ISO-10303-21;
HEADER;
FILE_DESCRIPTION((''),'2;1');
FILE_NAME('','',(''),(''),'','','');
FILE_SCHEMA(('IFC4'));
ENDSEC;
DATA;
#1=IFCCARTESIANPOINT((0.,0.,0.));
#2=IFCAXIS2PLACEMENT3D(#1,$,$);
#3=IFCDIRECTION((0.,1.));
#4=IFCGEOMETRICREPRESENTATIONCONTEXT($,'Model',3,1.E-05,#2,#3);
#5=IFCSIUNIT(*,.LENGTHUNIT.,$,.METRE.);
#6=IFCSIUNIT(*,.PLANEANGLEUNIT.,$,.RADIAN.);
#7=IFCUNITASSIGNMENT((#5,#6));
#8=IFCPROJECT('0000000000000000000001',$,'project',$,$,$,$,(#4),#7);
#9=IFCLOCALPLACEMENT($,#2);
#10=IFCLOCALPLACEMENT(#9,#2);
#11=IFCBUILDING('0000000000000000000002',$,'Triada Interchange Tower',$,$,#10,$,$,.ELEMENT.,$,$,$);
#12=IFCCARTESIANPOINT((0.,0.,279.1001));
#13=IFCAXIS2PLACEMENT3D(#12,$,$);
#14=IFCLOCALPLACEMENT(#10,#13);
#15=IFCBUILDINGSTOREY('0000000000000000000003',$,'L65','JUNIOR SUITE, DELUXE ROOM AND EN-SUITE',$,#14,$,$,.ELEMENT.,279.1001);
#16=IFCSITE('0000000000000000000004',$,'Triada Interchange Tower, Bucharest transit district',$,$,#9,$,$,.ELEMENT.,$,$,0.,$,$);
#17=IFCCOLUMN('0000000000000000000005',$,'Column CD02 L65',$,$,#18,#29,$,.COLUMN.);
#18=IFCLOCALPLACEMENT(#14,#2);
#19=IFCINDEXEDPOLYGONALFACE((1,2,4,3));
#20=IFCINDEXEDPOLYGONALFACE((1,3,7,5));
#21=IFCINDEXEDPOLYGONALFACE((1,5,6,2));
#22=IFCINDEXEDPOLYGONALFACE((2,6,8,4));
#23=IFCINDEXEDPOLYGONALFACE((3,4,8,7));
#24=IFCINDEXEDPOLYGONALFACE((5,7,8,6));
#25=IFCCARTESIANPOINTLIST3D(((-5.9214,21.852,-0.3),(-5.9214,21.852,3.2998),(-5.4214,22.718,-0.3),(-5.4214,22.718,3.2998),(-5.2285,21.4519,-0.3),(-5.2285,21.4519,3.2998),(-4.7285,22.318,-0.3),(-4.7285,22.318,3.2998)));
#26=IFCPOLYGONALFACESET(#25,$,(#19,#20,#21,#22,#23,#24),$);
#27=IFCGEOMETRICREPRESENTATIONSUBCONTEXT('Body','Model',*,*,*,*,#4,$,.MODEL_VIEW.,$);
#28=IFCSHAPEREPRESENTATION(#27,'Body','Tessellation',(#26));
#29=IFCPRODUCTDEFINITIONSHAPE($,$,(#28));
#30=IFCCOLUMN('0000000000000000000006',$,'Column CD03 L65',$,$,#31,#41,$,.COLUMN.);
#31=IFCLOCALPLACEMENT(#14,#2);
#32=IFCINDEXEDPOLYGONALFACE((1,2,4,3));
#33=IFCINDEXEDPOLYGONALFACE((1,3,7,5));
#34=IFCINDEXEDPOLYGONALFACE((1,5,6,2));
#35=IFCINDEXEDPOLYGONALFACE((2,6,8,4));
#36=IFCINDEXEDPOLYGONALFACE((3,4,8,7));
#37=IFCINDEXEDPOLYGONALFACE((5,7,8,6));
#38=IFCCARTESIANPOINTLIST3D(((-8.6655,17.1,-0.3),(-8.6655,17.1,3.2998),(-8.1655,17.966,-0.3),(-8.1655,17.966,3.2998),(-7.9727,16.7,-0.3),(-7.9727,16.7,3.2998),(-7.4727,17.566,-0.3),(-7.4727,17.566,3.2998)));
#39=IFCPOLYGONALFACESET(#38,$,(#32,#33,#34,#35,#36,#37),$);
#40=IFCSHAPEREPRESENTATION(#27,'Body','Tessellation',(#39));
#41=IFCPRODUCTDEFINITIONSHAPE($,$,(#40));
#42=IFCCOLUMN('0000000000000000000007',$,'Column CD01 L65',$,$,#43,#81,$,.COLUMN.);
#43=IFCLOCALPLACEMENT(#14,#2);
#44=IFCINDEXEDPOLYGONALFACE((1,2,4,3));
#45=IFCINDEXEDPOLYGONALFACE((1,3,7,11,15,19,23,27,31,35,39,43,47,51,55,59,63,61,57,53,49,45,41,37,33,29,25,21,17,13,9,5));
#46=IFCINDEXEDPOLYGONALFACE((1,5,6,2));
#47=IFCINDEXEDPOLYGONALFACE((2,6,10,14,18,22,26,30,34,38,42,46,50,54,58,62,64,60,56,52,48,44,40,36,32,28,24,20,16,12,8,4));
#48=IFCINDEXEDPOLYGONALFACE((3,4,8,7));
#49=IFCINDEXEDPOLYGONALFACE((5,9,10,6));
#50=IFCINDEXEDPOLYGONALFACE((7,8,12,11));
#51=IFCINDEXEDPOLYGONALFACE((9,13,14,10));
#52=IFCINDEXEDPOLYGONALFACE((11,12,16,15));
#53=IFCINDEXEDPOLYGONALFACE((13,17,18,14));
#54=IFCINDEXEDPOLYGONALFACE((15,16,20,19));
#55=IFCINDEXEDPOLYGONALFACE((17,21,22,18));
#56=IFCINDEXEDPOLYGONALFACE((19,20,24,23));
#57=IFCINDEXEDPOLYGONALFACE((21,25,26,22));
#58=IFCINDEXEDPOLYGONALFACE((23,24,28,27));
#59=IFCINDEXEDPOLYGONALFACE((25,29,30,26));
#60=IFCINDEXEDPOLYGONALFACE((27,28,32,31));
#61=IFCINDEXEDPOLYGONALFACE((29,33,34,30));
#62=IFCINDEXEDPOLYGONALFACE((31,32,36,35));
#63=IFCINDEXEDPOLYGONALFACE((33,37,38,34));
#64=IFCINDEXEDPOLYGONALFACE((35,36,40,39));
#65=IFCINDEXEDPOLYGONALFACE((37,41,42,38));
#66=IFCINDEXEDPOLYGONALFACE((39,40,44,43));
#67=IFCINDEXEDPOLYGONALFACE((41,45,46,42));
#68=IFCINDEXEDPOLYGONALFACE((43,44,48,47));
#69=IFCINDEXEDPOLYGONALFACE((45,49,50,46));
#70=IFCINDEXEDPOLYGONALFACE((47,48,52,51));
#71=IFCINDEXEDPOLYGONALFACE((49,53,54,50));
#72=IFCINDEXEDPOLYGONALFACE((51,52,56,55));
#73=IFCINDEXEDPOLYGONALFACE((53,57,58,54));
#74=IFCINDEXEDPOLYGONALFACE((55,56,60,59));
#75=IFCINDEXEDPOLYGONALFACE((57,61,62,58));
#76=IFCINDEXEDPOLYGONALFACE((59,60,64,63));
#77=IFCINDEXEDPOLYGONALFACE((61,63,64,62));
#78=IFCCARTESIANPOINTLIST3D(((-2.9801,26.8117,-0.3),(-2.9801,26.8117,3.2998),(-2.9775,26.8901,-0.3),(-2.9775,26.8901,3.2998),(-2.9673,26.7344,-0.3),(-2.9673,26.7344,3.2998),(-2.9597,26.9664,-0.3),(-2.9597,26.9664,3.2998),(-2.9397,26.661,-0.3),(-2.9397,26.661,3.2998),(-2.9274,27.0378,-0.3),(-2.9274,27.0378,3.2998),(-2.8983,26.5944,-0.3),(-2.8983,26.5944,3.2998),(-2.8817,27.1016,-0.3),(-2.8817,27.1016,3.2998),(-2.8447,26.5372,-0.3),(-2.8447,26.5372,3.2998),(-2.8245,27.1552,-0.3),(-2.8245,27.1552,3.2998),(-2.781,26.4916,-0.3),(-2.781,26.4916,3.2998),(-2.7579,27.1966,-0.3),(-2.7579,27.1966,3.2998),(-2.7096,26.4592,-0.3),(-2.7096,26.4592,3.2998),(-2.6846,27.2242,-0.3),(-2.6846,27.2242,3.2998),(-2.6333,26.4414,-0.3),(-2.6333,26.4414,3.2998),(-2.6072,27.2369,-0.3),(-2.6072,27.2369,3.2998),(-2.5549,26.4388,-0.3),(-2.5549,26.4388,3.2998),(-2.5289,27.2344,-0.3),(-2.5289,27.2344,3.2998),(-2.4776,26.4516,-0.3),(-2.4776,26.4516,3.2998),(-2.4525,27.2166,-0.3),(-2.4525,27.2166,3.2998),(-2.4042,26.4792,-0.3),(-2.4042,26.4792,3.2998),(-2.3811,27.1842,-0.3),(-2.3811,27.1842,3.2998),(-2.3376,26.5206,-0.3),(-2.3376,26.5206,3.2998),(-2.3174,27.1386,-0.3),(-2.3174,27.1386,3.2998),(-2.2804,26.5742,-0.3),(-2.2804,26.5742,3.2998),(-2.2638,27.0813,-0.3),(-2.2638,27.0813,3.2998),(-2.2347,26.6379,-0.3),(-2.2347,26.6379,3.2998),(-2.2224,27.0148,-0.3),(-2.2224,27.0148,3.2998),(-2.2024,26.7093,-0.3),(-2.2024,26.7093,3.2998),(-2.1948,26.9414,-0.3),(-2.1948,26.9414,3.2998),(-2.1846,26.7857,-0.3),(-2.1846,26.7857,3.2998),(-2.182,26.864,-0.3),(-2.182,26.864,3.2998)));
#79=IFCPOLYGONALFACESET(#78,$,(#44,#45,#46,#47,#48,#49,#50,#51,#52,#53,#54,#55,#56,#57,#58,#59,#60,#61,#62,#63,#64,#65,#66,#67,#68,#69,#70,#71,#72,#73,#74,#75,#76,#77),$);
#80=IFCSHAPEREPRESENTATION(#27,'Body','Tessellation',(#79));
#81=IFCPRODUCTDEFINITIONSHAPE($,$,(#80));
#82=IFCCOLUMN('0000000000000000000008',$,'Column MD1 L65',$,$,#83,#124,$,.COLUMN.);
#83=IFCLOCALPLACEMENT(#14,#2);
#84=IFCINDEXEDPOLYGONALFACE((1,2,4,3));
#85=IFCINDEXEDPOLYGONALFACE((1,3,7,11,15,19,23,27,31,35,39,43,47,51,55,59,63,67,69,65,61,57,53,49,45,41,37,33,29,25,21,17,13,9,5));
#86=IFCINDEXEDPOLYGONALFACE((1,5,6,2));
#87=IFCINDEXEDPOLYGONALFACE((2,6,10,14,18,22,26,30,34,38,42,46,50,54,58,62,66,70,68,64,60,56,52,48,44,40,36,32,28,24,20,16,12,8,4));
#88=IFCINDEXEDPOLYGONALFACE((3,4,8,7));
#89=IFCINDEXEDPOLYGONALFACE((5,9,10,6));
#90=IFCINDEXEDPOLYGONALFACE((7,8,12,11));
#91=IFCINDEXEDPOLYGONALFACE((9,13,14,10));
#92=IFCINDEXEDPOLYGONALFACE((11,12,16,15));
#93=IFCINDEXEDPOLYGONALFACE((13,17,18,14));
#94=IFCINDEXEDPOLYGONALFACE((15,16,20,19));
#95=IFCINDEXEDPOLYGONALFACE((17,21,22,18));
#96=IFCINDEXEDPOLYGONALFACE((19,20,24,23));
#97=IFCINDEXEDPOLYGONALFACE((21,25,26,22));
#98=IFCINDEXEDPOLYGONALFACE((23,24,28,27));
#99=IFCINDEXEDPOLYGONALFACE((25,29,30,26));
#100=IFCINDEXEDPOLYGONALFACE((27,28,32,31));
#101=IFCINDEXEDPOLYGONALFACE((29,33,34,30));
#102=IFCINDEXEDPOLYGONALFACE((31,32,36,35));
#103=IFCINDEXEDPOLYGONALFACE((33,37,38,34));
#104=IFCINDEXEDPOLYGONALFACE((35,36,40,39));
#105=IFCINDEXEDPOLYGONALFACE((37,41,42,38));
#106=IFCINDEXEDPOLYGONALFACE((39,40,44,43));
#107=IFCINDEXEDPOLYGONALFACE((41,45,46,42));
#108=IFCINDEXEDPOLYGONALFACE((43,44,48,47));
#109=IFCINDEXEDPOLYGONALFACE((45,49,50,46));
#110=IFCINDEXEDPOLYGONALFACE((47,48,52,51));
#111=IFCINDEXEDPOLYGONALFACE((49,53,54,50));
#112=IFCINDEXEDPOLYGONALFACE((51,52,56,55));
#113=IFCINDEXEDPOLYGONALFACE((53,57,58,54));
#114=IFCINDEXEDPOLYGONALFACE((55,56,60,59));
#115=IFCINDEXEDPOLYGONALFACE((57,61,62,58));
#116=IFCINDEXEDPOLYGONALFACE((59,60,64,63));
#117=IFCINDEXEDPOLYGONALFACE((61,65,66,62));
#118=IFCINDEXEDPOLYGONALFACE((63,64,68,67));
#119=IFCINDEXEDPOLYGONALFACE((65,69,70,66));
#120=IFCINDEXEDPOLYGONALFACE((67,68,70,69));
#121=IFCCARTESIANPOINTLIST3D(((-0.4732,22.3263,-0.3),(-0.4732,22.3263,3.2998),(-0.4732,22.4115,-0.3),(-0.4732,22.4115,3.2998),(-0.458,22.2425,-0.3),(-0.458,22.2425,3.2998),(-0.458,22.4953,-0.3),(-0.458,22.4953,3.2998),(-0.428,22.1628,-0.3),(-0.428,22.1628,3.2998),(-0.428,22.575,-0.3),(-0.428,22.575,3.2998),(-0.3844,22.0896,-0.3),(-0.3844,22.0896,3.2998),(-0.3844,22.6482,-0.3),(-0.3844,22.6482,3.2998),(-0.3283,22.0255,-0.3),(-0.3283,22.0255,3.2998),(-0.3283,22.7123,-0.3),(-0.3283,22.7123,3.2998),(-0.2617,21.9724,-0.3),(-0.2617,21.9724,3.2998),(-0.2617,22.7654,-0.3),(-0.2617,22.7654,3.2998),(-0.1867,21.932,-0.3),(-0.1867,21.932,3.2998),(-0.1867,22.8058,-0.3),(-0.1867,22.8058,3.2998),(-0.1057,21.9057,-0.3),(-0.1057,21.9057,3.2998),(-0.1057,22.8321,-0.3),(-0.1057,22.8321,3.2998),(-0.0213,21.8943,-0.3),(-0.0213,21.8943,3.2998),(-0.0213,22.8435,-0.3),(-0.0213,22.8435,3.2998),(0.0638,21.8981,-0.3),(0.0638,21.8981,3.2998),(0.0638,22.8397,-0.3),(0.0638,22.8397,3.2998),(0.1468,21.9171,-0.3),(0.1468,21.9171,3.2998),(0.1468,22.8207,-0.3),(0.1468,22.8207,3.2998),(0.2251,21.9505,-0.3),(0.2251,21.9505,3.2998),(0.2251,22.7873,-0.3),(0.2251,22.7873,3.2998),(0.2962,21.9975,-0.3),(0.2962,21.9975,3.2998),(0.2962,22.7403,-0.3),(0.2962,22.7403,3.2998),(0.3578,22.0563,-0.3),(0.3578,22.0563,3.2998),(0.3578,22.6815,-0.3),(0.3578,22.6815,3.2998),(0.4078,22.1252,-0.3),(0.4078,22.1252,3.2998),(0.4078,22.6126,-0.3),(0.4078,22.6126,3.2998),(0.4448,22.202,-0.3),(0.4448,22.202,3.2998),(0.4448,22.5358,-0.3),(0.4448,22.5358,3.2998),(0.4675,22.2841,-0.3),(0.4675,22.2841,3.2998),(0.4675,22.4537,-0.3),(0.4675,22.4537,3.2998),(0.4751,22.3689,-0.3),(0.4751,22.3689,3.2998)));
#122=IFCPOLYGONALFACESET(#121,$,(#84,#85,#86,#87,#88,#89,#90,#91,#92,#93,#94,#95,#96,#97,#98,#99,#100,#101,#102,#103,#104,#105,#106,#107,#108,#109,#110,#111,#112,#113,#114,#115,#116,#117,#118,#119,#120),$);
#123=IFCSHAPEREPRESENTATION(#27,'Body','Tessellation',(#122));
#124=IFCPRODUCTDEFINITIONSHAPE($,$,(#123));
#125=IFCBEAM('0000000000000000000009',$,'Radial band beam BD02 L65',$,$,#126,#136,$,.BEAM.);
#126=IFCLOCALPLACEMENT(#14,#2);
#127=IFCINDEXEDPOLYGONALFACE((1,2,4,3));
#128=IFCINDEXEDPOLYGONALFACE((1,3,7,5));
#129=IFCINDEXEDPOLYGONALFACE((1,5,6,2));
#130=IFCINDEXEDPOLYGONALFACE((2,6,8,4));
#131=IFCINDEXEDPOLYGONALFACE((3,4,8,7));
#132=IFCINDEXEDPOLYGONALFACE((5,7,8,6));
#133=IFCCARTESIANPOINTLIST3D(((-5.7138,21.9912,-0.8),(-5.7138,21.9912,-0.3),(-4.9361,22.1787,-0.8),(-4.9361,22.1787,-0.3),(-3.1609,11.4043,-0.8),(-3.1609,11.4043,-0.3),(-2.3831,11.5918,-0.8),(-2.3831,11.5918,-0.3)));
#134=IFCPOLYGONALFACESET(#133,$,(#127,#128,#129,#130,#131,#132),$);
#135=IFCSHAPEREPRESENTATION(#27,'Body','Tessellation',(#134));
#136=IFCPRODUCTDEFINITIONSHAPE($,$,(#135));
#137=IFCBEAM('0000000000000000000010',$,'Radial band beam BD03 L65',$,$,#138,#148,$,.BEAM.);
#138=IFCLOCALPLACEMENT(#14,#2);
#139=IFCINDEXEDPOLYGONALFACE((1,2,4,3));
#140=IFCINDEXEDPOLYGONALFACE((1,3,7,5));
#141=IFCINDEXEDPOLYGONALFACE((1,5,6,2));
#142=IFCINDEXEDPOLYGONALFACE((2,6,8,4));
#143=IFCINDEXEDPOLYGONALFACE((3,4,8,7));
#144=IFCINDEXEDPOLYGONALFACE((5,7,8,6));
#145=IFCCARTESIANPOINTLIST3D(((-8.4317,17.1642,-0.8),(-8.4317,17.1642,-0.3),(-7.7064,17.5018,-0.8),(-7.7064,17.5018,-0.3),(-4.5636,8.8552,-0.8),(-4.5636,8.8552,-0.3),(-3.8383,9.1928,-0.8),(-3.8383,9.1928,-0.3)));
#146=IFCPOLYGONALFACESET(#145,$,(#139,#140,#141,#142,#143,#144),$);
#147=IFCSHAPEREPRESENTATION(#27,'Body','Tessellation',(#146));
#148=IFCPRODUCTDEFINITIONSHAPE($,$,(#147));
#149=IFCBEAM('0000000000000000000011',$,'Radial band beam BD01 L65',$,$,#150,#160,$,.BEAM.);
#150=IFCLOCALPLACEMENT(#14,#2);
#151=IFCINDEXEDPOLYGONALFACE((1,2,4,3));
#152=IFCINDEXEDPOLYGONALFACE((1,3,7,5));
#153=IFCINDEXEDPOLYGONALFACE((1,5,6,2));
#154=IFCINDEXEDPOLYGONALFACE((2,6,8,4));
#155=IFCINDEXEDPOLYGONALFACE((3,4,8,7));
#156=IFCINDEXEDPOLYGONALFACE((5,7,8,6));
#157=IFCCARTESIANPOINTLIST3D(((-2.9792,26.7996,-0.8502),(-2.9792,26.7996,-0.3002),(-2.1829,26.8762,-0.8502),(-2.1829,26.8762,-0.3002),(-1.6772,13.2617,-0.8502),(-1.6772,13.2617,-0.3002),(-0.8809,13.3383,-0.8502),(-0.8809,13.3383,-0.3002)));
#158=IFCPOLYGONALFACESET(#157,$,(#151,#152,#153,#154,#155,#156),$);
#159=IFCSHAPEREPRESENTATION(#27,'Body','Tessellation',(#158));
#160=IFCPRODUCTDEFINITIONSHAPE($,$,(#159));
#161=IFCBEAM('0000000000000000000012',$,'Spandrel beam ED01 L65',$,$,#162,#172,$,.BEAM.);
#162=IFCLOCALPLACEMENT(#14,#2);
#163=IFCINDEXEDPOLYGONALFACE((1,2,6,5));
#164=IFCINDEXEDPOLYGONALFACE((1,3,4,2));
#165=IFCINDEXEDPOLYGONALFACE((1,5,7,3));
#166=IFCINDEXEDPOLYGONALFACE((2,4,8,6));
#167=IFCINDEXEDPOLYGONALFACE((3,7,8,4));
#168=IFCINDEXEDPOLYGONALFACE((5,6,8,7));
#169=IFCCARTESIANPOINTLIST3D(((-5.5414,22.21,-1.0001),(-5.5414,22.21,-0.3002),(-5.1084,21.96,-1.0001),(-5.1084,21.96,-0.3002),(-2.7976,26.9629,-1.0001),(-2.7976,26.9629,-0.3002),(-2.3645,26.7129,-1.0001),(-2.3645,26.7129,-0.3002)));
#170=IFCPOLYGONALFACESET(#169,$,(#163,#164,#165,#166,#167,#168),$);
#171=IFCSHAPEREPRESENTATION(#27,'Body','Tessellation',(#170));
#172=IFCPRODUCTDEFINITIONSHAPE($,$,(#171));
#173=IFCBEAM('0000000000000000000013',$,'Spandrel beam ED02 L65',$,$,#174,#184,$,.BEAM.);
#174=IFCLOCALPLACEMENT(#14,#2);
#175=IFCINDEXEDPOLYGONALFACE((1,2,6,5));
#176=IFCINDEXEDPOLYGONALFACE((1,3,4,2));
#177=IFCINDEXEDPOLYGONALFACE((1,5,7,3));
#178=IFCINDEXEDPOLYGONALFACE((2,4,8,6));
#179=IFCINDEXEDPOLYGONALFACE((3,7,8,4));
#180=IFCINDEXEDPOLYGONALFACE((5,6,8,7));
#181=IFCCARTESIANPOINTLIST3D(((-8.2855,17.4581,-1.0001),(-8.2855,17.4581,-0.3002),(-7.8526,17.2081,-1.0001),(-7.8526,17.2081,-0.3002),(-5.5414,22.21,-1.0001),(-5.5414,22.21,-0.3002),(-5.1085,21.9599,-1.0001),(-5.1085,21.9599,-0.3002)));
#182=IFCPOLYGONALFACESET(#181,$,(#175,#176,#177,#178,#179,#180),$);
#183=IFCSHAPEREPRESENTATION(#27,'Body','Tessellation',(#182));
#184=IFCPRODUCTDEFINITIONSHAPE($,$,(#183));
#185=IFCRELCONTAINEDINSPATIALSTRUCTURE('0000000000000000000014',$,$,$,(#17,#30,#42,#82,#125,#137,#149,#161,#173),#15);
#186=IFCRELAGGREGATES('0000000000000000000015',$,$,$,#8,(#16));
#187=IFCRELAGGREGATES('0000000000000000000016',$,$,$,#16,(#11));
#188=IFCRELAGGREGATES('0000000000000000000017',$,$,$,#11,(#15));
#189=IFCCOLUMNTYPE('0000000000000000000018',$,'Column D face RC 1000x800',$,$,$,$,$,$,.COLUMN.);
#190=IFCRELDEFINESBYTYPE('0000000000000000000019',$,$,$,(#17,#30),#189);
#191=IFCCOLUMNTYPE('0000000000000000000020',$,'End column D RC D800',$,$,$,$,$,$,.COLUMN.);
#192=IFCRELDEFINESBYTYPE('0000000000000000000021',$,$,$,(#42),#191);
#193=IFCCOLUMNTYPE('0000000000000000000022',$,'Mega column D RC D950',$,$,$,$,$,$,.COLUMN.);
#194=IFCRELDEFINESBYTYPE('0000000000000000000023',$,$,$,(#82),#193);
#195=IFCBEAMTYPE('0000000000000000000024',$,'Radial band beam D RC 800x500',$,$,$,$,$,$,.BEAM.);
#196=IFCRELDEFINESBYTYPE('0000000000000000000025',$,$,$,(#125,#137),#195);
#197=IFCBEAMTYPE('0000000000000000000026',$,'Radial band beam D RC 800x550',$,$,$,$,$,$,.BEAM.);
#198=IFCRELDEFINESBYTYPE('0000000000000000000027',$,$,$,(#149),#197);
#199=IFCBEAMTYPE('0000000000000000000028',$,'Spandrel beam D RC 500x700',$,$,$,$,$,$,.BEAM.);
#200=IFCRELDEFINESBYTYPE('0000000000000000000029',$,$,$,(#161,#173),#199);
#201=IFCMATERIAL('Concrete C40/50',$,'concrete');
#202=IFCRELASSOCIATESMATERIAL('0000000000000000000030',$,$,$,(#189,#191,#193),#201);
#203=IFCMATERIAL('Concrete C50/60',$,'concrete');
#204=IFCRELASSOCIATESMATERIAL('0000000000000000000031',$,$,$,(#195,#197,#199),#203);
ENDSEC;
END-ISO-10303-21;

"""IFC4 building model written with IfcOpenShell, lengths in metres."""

from ifc_helpers import new_model, si_unit, direction, frame, origin, origin_2d, place, context, subcontext, project, spatial, rectangle, circle, extrude, material, material_profile, profile_set, type_object, element, save


model = new_model("IFC4")

# Units and contexts
model_context = context("Model", 3, precision=1e-05, world=origin(), true_north=direction((0.0, 1.0)))
body_context = subcontext(model_context, "Body", "Model", "MODEL_VIEW")
ifc_project = project(units=[si_unit("LENGTHUNIT", "METRE"), si_unit("PLANEANGLEUNIT", "RADIAN")], contexts=[model_context])

# Site, building, storey
site_placement = place(None, origin())
site = spatial("IfcSite", under=ifc_project, at=site_placement, Name="Triada Interchange Tower, Bucharest transit district", CompositionType="ELEMENT", RefElevation=0.0)
building_placement = place(site_placement, origin())
building = spatial("IfcBuilding", under=site, at=building_placement, Name="Triada Interchange Tower", CompositionType="ELEMENT")
storey_placement = place(building_placement, frame((0.0, 0.0, 279.1001)))
storey = spatial("IfcBuildingStorey", under=building, at=storey_placement, Name="L65", Description="JUNIOR SUITE, DELUXE ROOM AND EN-SUITE", CompositionType="ELEMENT", Elevation=279.1001)

# Columns
ifc_material_1 = material(Name="Concrete C40/50", Category="concrete")
ifc_material_profile_1 = material_profile(ifc_material_1, rectangle(XDim=1.0, YDim=0.8, at=origin_2d()), Name="RC 1000x800")
ifc_profile_set_1 = profile_set([ifc_material_profile_1], Name="Concrete C40/50")
column_type_1 = type_object("IfcColumnType", Name="Column D face RC 1000x800", PredefinedType="COLUMN", material=ifc_profile_set_1)
for number, where, z_axis, x_axis, name in (
    (1, (-5.325, 22.085, -0.3), (0.0, 0.0, 1.0), (0.5, 0.866025, 0.0), "Column CD02 L65"),
    (2, (-8.0691, 17.333, -0.3), (0.0, 0.0, 1.0), (0.5, 0.866025, 0.0), "Column CD03 L65"),
):
    element("IfcColumn", number, at=place(storey_placement, frame(where, z_axis=z_axis, x_axis=x_axis)), inside=storey, type_object=column_type_1, Name=name, PredefinedType="COLUMN", context=body_context, shape_type="SweptSolid", body=[
        extrude(rectangle(XDim=1.0, YDim=0.8, at=origin_2d()), origin(), (0.0, 0.0, 1.0), 3.5999),
    ])
ifc_material_profile_2 = material_profile(ifc_material_1, circle(Radius=0.3999, at=origin_2d()), Name="RC D800")
ifc_profile_set_2 = profile_set([ifc_material_profile_2], Name="Concrete C40/50")
column_type_2 = type_object("IfcColumnType", Name="End column D RC D800", PredefinedType="COLUMN", material=ifc_profile_set_2)
column_1_placement = place(storey_placement, frame((-2.5811, 26.8379, -0.3), z_axis=(0.0, 0.0, 1.0), x_axis=(0.5, 0.866025, 0.0)))
element("IfcColumn", 3, at=column_1_placement, inside=storey, type_object=column_type_2, Name="Column CD01 L65", PredefinedType="COLUMN", context=body_context, shape_type="SweptSolid", body=[
    extrude(circle(Radius=0.3999, at=origin_2d()), origin(), (0.0, 0.0, 1.0), 3.5999),
])
ifc_material_profile_3 = material_profile(ifc_material_1, circle(Radius=0.4751, at=origin_2d()), Name="RC D950")
ifc_profile_set_3 = profile_set([ifc_material_profile_3], Name="Concrete C40/50")
column_type_3 = type_object("IfcColumnType", Name="Mega column D RC D950", PredefinedType="COLUMN", material=ifc_profile_set_3)
column_2_placement = place(storey_placement, frame((0.0, 22.3689, -0.3), z_axis=(0.0, 0.0, 1.0), x_axis=(1.0, 0.0, 0.0)))
element("IfcColumn", 4, at=column_2_placement, inside=storey, type_object=column_type_3, Name="Column MD1 L65", PredefinedType="COLUMN", context=body_context, shape_type="SweptSolid", body=[
    extrude(circle(Radius=0.4751, at=origin_2d()), origin(), (0.0, 0.0, 1.0), 3.5999),
])

# Beams
ifc_material_2 = material(Name="Concrete C50/60", Category="concrete")
ifc_material_profile_4 = material_profile(ifc_material_2, rectangle(XDim=0.8, YDim=0.5, at=origin_2d()), Name="RC 800x500")
ifc_profile_set_4 = profile_set([ifc_material_profile_4], Name="Concrete C50/60")
beam_type_1 = type_object("IfcBeamType", Name="Radial band beam D RC 800x500", PredefinedType="BEAM", material=ifc_profile_set_4)
beam_1_placement = place(storey_placement, frame((-5.325, 22.085, -0.55), z_axis=(0.234425, -0.972134, 0.0), x_axis=(0.972134, 0.234425, 0.0)))
element("IfcBeam", 5, at=beam_1_placement, inside=storey, type_object=beam_type_1, Name="Radial band beam BD02 L65", PredefinedType="BEAM", context=body_context, shape_type="SweptSolid", body=[
    extrude(rectangle(XDim=0.8, YDim=0.5, at=origin_2d()), origin(), (0.0, 0.0, 1.0), 10.8904),
])
beam_2_placement = place(storey_placement, frame((-8.0691, 17.333, -0.55), z_axis=(0.422042, -0.906576, 0.0), x_axis=(0.906576, 0.422042, 0.0)))
element("IfcBeam", 6, at=beam_2_placement, inside=storey, type_object=beam_type_1, Name="Radial band beam BD03 L65", PredefinedType="BEAM", context=body_context, shape_type="SweptSolid", body=[
    extrude(rectangle(XDim=0.8, YDim=0.5, at=origin_2d()), origin(), (0.0, 0.0, 1.0), 9.1653),
])
ifc_material_profile_5 = material_profile(ifc_material_2, rectangle(XDim=0.8, YDim=0.55, at=origin_2d()), Name="RC 800x550")
ifc_profile_set_5 = profile_set([ifc_material_profile_5], Name="Concrete C50/60")
beam_type_2 = type_object("IfcBeamType", Name="Radial band beam D RC 800x550", PredefinedType="BEAM", material=ifc_profile_set_5)
beam_3_placement = place(storey_placement, frame((-2.5811, 26.8379, -0.5752), z_axis=(0.095733, -0.995407, 0.0), x_axis=(0.995407, 0.095733, 0.0)))
element("IfcBeam", 7, at=beam_3_placement, inside=storey, type_object=beam_type_2, Name="Radial band beam BD01 L65", PredefinedType="BEAM", context=body_context, shape_type="SweptSolid", body=[
    extrude(rectangle(XDim=0.8, YDim=0.55, at=origin_2d()), origin(), (0.0, 0.0, 1.0), 13.6003),
])
ifc_material_profile_6 = material_profile(ifc_material_2, rectangle(XDim=0.5, YDim=0.7, at=origin_2d()), Name="RC 500x700")
ifc_profile_set_6 = profile_set([ifc_material_profile_6], Name="Concrete C50/60")
beam_type_3 = type_object("IfcBeamType", Name="Spandrel beam D RC 500x700", PredefinedType="BEAM", material=ifc_profile_set_6)
beam_4_placement = place(storey_placement, frame((-2.5811, 26.8379, -0.6501), z_axis=(-0.499971, -0.866042, 0.0), x_axis=(0.866042, -0.499971, 0.0)))
element("IfcBeam", 8, at=beam_4_placement, inside=storey, type_object=beam_type_3, Name="Spandrel beam ED01 L65", PredefinedType="BEAM", context=body_context, shape_type="SweptSolid", body=[
    extrude(rectangle(XDim=0.5, YDim=0.7, at=origin_2d()), origin(), (0.0, 0.0, 1.0), 5.488),
])
beam_5_placement = place(storey_placement, frame((-5.325, 22.085, -0.6501), z_axis=(-0.500082, -0.865978, 0.0), x_axis=(0.865978, -0.500082, 0.0)))
element("IfcBeam", 9, at=beam_5_placement, inside=storey, type_object=beam_type_3, Name="Spandrel beam ED02 L65", PredefinedType="BEAM", context=body_context, shape_type="SweptSolid", body=[
    extrude(rectangle(XDim=0.5, YDim=0.7, at=origin_2d()), origin(), (0.0, 0.0, 1.0), 5.4873),
])

save(model, "model.ifc")
